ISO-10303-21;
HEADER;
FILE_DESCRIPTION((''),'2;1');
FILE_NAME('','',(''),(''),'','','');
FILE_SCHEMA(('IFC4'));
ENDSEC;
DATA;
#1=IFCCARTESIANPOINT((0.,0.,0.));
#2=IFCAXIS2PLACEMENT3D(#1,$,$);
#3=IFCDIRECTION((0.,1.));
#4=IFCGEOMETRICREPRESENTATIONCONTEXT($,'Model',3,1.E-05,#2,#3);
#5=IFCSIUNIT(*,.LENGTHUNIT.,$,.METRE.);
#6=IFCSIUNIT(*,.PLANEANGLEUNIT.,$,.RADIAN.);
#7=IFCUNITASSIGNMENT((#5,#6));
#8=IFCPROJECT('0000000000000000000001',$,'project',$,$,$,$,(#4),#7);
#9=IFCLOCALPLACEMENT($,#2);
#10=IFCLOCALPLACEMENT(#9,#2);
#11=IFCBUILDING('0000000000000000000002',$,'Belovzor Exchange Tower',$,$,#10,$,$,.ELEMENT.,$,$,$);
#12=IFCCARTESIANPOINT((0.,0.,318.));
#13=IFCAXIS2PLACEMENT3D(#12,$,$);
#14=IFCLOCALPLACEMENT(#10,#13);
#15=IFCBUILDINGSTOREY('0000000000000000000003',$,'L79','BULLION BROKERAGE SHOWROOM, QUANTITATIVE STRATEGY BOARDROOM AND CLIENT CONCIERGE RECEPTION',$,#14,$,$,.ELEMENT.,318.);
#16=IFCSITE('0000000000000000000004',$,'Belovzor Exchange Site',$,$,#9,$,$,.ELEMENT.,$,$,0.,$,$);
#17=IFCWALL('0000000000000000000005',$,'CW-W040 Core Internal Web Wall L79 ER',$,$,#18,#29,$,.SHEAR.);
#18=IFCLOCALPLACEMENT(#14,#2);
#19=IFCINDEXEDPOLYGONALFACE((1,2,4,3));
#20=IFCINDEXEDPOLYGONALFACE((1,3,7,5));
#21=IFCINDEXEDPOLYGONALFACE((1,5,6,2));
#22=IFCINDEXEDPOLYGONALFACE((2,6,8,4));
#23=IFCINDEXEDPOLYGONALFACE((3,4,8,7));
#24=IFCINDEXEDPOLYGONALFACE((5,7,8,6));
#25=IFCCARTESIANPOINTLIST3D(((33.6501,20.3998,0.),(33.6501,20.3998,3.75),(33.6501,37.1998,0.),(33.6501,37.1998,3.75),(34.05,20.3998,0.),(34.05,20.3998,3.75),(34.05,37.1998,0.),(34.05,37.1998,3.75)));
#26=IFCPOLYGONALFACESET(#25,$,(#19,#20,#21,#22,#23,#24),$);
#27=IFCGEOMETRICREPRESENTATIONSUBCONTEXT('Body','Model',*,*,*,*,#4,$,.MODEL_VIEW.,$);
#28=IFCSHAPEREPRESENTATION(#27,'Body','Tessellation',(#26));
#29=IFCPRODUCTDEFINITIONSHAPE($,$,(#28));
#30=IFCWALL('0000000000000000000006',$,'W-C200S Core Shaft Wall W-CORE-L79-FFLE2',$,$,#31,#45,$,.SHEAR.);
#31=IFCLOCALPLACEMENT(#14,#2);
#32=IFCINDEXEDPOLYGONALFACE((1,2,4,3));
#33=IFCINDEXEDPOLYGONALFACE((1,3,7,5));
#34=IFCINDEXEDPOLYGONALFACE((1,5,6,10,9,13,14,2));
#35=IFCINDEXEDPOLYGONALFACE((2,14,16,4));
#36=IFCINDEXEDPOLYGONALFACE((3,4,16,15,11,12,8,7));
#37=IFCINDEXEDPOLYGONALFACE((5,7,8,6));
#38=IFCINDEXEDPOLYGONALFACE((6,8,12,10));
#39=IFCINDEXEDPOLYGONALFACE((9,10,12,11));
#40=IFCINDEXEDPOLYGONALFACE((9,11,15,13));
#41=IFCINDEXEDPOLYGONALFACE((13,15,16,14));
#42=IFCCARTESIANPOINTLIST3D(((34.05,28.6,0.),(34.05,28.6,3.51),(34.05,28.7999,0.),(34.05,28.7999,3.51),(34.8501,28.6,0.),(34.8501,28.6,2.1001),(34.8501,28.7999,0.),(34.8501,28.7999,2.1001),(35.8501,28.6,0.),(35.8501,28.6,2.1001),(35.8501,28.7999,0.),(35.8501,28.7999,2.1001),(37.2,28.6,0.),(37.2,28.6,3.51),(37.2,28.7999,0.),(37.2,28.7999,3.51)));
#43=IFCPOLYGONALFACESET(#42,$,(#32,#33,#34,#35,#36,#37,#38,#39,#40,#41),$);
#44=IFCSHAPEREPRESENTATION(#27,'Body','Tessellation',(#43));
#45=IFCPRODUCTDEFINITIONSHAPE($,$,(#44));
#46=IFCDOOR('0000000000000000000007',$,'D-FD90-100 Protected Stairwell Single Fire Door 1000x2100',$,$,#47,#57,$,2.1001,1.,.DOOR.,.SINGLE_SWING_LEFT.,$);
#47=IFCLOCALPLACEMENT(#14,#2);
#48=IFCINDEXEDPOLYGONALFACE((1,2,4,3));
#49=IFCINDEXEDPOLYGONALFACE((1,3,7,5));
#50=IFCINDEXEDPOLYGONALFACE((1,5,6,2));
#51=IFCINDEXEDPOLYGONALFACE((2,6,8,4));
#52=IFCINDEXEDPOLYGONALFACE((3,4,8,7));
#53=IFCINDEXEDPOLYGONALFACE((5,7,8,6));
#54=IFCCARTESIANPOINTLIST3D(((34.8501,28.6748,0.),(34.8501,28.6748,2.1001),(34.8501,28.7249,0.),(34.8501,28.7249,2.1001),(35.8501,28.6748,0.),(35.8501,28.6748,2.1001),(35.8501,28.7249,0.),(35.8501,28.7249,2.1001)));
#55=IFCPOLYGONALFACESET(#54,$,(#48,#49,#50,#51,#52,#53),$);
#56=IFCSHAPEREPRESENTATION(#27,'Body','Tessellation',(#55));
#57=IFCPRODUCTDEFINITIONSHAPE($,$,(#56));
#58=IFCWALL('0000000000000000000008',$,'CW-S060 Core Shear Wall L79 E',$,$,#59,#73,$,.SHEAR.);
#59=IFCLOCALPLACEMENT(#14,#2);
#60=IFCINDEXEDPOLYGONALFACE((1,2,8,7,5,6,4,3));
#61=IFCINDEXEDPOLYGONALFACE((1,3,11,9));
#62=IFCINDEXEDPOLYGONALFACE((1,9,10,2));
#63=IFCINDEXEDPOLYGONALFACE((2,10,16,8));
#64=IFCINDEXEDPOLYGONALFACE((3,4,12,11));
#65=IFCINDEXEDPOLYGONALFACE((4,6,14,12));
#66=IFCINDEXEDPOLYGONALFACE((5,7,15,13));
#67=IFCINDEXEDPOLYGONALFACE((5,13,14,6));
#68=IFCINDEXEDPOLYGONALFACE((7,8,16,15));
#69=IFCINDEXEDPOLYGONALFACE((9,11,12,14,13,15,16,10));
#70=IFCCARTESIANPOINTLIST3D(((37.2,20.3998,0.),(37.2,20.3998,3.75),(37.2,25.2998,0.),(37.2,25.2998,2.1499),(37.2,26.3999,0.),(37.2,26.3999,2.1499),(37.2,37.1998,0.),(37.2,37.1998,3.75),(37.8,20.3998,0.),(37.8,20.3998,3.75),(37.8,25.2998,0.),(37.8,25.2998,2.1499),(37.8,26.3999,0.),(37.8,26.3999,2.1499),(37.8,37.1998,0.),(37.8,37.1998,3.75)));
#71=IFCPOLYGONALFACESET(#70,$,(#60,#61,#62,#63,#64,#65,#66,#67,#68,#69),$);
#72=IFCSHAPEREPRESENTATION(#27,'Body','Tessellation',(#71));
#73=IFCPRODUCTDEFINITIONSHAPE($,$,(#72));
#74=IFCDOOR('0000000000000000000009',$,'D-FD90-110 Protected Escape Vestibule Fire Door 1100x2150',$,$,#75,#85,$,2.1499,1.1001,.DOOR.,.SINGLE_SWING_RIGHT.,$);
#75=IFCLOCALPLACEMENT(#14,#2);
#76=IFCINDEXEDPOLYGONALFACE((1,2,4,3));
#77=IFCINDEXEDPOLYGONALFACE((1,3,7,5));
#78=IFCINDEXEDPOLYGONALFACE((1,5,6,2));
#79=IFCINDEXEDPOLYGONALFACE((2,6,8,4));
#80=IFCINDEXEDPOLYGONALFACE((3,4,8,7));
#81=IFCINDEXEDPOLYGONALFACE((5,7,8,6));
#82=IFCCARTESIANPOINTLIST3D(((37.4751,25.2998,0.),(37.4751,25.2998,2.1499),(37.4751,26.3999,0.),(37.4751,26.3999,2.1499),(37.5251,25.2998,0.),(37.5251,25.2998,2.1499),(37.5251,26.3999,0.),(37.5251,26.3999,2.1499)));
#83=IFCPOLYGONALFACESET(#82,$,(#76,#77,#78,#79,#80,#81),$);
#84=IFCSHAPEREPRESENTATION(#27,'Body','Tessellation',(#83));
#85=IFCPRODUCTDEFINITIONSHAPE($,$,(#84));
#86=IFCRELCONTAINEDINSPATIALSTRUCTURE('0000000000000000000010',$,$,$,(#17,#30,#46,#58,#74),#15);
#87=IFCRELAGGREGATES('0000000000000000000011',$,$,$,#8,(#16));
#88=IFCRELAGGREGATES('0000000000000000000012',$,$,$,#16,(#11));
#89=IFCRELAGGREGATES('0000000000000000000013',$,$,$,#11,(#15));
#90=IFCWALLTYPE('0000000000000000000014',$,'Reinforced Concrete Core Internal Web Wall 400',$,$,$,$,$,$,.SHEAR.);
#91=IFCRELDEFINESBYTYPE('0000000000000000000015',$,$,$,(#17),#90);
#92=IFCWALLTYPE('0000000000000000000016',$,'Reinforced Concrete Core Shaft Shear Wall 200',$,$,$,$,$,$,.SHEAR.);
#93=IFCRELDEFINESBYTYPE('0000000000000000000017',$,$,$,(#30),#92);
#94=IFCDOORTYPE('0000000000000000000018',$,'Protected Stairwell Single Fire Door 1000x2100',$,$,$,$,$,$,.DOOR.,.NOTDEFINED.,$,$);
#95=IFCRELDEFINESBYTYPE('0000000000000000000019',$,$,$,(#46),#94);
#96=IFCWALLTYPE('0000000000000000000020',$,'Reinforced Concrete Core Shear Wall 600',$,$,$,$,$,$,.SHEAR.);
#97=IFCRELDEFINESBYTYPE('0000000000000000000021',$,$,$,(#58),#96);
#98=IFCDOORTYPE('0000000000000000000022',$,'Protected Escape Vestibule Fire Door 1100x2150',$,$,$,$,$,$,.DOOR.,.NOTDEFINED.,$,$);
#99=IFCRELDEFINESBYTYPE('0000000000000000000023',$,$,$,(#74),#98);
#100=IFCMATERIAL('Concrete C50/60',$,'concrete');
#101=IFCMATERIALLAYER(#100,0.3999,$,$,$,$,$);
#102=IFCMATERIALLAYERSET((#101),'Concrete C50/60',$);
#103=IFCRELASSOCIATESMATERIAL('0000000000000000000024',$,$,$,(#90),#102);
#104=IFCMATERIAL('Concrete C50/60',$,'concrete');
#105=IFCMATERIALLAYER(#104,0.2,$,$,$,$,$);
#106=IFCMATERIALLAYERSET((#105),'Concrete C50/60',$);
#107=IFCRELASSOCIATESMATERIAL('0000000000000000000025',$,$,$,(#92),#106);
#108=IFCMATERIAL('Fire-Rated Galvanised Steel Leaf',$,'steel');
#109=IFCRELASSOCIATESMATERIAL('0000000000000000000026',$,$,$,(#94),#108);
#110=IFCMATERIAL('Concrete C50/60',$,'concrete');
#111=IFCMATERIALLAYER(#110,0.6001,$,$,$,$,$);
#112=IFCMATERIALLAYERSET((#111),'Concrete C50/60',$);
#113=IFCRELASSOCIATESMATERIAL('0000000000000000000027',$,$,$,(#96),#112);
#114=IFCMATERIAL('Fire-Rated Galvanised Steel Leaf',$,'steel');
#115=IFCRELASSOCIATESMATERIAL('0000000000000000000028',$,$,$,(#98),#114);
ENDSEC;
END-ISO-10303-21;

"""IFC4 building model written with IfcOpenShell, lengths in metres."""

from ifc_helpers import new_model, si_unit, direction, frame, frame_2d, origin, place, context, subcontext, project, spatial, rectangle, extrude, material, layer, layer_set, type_object, element, fill, save


model = new_model("IFC4")

# Units and contexts
model_context = context("Model", 3, precision=1e-05, world=origin(), true_north=direction((0.0, 1.0)))
body_context = subcontext(model_context, "Body", "Model", "MODEL_VIEW")
ifc_project = project(units=[si_unit("LENGTHUNIT", "METRE"), si_unit("PLANEANGLEUNIT", "RADIAN")], contexts=[model_context])

# Site, building, storey
site_placement = place(None, origin())
site = spatial("IfcSite", under=ifc_project, at=site_placement, Name="Belovzor Exchange Site", CompositionType="ELEMENT", RefElevation=0.0)
building_placement = place(site_placement, origin())
building = spatial("IfcBuilding", under=site, at=building_placement, Name="Belovzor Exchange Tower", CompositionType="ELEMENT")
storey_placement = place(building_placement, frame((0.0, 0.0, 318.0)))
storey = spatial("IfcBuildingStorey", under=building, at=storey_placement, Name="L79", Description="BULLION BROKERAGE SHOWROOM, QUANTITATIVE STRATEGY BOARDROOM AND CLIENT CONCIERGE RECEPTION", CompositionType="ELEMENT", Elevation=318.0)

# Wall
ifc_material_1 = material(Name="Concrete C50/60", Category="concrete")
ifc_layer_1 = layer(ifc_material_1, 0.3999)
ifc_layer_set_1 = layer_set([ifc_layer_1], Name="Concrete C50/60")
wall_type_1 = type_object("IfcWallType", Name="Reinforced Concrete Core Internal Web Wall 400", PredefinedType="SHEAR", material=ifc_layer_set_1)
wall_1_placement = place(storey_placement, frame((33.8501, 20.3999, 0.0), z_axis=(0.0, 0.0, 1.0), x_axis=(0.0, 1.0, 0.0)))
element("IfcWall", 1, at=wall_1_placement, inside=storey, type_object=wall_type_1, Name="CW-W040 Core Internal Web Wall L79 ER", PredefinedType="SHEAR", context=body_context, shape_type="SweptSolid", body=[
    extrude(rectangle(XDim=16.8, YDim=0.3999, at=frame_2d((8.3999, 0.0))), origin(), (0.0, 0.0, 1.0), 3.75),
])

# Walls, openings, doors
ifc_material_2 = material(Name="Concrete C50/60", Category="concrete")
ifc_layer_2 = layer(ifc_material_2, 0.2)
ifc_layer_set_2 = layer_set([ifc_layer_2], Name="Concrete C50/60")
wall_type_2 = type_object("IfcWallType", Name="Reinforced Concrete Core Shaft Shear Wall 200", PredefinedType="SHEAR", material=ifc_layer_set_2)
wall_2_placement = place(storey_placement, frame((34.05, 28.7, 0.0), z_axis=(0.0, 0.0, 1.0), x_axis=(1.0, 0.0, 0.0)))
wall_2 = element("IfcWall", 2, at=wall_2_placement, inside=storey, type_object=wall_type_2, Name="W-C200S Core Shaft Wall W-CORE-L79-FFLE2", PredefinedType="SHEAR", context=body_context, shape_type="SweptSolid", body=[
    extrude(rectangle(XDim=3.1499, YDim=0.2, at=frame_2d((1.575, 0.0))), origin(), (0.0, 0.0, 1.0), 3.51),
])
opening_1_placement = place(wall_2_placement, frame((0.8, 0.0, 0.0)))
opening_1 = element("IfcOpeningElement", 3, at=opening_1_placement, cuts=wall_2, PredefinedType="OPENING", context=body_context, shape_type="SweptSolid", body=[
    extrude(rectangle(XDim=1.0, YDim=2.1001, at=frame_2d((0.5, 1.05))), frame((0.0, 0.1099, 0.0), z_axis=(0.0, -1.0, 0.0), x_axis=(1.0, 0.0, 0.0)), (0.0, 0.0, 1.0), 0.22),
])
ifc_material_3 = material(Name="Fire-Rated Galvanised Steel Leaf", Category="steel")
door_type_1 = type_object("IfcDoorType", Name="Protected Stairwell Single Fire Door 1000x2100", OperationType="NOTDEFINED", PredefinedType="DOOR", material=ifc_material_3)
door_1_placement = place(opening_1_placement, origin())
door_1 = element("IfcDoor", 4, at=door_1_placement, inside=storey, type_object=door_type_1, Name="D-FD90-100 Protected Stairwell Single Fire Door 1000x2100", OperationType="SINGLE_SWING_LEFT", OverallHeight=2.1001, OverallWidth=1.0, PredefinedType="DOOR", context=body_context, shape_type="SweptSolid", body=[
    extrude(rectangle(XDim=1.0, YDim=2.1001, at=frame_2d((0.5, 1.05))), frame((0.0, 0.0249, 0.0), z_axis=(0.0, -1.0, 0.0), x_axis=(1.0, 0.0, 0.0)), (0.0, 0.0, 1.0), 0.05),
])
fill(opening_1, door_1)
ifc_material_4 = material(Name="Concrete C50/60", Category="concrete")
ifc_layer_3 = layer(ifc_material_4, 0.6001)
ifc_layer_set_3 = layer_set([ifc_layer_3], Name="Concrete C50/60")
wall_type_3 = type_object("IfcWallType", Name="Reinforced Concrete Core Shear Wall 600", PredefinedType="SHEAR", material=ifc_layer_set_3)
wall_3_placement = place(storey_placement, frame((37.5, 20.3999, 0.0), z_axis=(0.0, 0.0, 1.0), x_axis=(0.0, 1.0, 0.0)))
wall_3 = element("IfcWall", 5, at=wall_3_placement, inside=storey, type_object=wall_type_3, Name="CW-S060 Core Shear Wall L79 E", PredefinedType="SHEAR", context=body_context, shape_type="SweptSolid", body=[
    extrude(rectangle(XDim=16.8, YDim=0.6001, at=frame_2d((8.3999, 0.0))), origin(), (0.0, 0.0, 1.0), 3.75),
])
opening_2_placement = place(wall_3_placement, frame((4.8999, 0.0, 0.0)))
opening_2 = element("IfcOpeningElement", 6, at=opening_2_placement, cuts=wall_3, PredefinedType="OPENING", context=body_context, shape_type="SweptSolid", body=[
    extrude(rectangle(XDim=1.1001, YDim=2.1499, at=frame_2d((0.55, 1.075))), frame((0.0, 0.3101, 0.0), z_axis=(0.0, -1.0, 0.0), x_axis=(1.0, 0.0, 0.0)), (0.0, 0.0, 1.0), 0.6201),
])
ifc_material_5 = material(Name="Fire-Rated Galvanised Steel Leaf", Category="steel")
door_type_2 = type_object("IfcDoorType", Name="Protected Escape Vestibule Fire Door 1100x2150", OperationType="NOTDEFINED", PredefinedType="DOOR", material=ifc_material_5)
door_2_placement = place(opening_2_placement, origin())
door_2 = element("IfcDoor", 7, at=door_2_placement, inside=storey, type_object=door_type_2, Name="D-FD90-110 Protected Escape Vestibule Fire Door 1100x2150", OperationType="SINGLE_SWING_RIGHT", OverallHeight=2.1499, OverallWidth=1.1001, PredefinedType="DOOR", context=body_context, shape_type="SweptSolid", body=[
    extrude(rectangle(XDim=1.1001, YDim=2.1499, at=frame_2d((0.55, 1.075))), frame((0.0, 0.0249, 0.0), z_axis=(0.0, -1.0, 0.0), x_axis=(1.0, 0.0, 0.0)), (0.0, 0.0, 1.0), 0.05),
])
fill(opening_2, door_2)

save(model, "model.ifc")
